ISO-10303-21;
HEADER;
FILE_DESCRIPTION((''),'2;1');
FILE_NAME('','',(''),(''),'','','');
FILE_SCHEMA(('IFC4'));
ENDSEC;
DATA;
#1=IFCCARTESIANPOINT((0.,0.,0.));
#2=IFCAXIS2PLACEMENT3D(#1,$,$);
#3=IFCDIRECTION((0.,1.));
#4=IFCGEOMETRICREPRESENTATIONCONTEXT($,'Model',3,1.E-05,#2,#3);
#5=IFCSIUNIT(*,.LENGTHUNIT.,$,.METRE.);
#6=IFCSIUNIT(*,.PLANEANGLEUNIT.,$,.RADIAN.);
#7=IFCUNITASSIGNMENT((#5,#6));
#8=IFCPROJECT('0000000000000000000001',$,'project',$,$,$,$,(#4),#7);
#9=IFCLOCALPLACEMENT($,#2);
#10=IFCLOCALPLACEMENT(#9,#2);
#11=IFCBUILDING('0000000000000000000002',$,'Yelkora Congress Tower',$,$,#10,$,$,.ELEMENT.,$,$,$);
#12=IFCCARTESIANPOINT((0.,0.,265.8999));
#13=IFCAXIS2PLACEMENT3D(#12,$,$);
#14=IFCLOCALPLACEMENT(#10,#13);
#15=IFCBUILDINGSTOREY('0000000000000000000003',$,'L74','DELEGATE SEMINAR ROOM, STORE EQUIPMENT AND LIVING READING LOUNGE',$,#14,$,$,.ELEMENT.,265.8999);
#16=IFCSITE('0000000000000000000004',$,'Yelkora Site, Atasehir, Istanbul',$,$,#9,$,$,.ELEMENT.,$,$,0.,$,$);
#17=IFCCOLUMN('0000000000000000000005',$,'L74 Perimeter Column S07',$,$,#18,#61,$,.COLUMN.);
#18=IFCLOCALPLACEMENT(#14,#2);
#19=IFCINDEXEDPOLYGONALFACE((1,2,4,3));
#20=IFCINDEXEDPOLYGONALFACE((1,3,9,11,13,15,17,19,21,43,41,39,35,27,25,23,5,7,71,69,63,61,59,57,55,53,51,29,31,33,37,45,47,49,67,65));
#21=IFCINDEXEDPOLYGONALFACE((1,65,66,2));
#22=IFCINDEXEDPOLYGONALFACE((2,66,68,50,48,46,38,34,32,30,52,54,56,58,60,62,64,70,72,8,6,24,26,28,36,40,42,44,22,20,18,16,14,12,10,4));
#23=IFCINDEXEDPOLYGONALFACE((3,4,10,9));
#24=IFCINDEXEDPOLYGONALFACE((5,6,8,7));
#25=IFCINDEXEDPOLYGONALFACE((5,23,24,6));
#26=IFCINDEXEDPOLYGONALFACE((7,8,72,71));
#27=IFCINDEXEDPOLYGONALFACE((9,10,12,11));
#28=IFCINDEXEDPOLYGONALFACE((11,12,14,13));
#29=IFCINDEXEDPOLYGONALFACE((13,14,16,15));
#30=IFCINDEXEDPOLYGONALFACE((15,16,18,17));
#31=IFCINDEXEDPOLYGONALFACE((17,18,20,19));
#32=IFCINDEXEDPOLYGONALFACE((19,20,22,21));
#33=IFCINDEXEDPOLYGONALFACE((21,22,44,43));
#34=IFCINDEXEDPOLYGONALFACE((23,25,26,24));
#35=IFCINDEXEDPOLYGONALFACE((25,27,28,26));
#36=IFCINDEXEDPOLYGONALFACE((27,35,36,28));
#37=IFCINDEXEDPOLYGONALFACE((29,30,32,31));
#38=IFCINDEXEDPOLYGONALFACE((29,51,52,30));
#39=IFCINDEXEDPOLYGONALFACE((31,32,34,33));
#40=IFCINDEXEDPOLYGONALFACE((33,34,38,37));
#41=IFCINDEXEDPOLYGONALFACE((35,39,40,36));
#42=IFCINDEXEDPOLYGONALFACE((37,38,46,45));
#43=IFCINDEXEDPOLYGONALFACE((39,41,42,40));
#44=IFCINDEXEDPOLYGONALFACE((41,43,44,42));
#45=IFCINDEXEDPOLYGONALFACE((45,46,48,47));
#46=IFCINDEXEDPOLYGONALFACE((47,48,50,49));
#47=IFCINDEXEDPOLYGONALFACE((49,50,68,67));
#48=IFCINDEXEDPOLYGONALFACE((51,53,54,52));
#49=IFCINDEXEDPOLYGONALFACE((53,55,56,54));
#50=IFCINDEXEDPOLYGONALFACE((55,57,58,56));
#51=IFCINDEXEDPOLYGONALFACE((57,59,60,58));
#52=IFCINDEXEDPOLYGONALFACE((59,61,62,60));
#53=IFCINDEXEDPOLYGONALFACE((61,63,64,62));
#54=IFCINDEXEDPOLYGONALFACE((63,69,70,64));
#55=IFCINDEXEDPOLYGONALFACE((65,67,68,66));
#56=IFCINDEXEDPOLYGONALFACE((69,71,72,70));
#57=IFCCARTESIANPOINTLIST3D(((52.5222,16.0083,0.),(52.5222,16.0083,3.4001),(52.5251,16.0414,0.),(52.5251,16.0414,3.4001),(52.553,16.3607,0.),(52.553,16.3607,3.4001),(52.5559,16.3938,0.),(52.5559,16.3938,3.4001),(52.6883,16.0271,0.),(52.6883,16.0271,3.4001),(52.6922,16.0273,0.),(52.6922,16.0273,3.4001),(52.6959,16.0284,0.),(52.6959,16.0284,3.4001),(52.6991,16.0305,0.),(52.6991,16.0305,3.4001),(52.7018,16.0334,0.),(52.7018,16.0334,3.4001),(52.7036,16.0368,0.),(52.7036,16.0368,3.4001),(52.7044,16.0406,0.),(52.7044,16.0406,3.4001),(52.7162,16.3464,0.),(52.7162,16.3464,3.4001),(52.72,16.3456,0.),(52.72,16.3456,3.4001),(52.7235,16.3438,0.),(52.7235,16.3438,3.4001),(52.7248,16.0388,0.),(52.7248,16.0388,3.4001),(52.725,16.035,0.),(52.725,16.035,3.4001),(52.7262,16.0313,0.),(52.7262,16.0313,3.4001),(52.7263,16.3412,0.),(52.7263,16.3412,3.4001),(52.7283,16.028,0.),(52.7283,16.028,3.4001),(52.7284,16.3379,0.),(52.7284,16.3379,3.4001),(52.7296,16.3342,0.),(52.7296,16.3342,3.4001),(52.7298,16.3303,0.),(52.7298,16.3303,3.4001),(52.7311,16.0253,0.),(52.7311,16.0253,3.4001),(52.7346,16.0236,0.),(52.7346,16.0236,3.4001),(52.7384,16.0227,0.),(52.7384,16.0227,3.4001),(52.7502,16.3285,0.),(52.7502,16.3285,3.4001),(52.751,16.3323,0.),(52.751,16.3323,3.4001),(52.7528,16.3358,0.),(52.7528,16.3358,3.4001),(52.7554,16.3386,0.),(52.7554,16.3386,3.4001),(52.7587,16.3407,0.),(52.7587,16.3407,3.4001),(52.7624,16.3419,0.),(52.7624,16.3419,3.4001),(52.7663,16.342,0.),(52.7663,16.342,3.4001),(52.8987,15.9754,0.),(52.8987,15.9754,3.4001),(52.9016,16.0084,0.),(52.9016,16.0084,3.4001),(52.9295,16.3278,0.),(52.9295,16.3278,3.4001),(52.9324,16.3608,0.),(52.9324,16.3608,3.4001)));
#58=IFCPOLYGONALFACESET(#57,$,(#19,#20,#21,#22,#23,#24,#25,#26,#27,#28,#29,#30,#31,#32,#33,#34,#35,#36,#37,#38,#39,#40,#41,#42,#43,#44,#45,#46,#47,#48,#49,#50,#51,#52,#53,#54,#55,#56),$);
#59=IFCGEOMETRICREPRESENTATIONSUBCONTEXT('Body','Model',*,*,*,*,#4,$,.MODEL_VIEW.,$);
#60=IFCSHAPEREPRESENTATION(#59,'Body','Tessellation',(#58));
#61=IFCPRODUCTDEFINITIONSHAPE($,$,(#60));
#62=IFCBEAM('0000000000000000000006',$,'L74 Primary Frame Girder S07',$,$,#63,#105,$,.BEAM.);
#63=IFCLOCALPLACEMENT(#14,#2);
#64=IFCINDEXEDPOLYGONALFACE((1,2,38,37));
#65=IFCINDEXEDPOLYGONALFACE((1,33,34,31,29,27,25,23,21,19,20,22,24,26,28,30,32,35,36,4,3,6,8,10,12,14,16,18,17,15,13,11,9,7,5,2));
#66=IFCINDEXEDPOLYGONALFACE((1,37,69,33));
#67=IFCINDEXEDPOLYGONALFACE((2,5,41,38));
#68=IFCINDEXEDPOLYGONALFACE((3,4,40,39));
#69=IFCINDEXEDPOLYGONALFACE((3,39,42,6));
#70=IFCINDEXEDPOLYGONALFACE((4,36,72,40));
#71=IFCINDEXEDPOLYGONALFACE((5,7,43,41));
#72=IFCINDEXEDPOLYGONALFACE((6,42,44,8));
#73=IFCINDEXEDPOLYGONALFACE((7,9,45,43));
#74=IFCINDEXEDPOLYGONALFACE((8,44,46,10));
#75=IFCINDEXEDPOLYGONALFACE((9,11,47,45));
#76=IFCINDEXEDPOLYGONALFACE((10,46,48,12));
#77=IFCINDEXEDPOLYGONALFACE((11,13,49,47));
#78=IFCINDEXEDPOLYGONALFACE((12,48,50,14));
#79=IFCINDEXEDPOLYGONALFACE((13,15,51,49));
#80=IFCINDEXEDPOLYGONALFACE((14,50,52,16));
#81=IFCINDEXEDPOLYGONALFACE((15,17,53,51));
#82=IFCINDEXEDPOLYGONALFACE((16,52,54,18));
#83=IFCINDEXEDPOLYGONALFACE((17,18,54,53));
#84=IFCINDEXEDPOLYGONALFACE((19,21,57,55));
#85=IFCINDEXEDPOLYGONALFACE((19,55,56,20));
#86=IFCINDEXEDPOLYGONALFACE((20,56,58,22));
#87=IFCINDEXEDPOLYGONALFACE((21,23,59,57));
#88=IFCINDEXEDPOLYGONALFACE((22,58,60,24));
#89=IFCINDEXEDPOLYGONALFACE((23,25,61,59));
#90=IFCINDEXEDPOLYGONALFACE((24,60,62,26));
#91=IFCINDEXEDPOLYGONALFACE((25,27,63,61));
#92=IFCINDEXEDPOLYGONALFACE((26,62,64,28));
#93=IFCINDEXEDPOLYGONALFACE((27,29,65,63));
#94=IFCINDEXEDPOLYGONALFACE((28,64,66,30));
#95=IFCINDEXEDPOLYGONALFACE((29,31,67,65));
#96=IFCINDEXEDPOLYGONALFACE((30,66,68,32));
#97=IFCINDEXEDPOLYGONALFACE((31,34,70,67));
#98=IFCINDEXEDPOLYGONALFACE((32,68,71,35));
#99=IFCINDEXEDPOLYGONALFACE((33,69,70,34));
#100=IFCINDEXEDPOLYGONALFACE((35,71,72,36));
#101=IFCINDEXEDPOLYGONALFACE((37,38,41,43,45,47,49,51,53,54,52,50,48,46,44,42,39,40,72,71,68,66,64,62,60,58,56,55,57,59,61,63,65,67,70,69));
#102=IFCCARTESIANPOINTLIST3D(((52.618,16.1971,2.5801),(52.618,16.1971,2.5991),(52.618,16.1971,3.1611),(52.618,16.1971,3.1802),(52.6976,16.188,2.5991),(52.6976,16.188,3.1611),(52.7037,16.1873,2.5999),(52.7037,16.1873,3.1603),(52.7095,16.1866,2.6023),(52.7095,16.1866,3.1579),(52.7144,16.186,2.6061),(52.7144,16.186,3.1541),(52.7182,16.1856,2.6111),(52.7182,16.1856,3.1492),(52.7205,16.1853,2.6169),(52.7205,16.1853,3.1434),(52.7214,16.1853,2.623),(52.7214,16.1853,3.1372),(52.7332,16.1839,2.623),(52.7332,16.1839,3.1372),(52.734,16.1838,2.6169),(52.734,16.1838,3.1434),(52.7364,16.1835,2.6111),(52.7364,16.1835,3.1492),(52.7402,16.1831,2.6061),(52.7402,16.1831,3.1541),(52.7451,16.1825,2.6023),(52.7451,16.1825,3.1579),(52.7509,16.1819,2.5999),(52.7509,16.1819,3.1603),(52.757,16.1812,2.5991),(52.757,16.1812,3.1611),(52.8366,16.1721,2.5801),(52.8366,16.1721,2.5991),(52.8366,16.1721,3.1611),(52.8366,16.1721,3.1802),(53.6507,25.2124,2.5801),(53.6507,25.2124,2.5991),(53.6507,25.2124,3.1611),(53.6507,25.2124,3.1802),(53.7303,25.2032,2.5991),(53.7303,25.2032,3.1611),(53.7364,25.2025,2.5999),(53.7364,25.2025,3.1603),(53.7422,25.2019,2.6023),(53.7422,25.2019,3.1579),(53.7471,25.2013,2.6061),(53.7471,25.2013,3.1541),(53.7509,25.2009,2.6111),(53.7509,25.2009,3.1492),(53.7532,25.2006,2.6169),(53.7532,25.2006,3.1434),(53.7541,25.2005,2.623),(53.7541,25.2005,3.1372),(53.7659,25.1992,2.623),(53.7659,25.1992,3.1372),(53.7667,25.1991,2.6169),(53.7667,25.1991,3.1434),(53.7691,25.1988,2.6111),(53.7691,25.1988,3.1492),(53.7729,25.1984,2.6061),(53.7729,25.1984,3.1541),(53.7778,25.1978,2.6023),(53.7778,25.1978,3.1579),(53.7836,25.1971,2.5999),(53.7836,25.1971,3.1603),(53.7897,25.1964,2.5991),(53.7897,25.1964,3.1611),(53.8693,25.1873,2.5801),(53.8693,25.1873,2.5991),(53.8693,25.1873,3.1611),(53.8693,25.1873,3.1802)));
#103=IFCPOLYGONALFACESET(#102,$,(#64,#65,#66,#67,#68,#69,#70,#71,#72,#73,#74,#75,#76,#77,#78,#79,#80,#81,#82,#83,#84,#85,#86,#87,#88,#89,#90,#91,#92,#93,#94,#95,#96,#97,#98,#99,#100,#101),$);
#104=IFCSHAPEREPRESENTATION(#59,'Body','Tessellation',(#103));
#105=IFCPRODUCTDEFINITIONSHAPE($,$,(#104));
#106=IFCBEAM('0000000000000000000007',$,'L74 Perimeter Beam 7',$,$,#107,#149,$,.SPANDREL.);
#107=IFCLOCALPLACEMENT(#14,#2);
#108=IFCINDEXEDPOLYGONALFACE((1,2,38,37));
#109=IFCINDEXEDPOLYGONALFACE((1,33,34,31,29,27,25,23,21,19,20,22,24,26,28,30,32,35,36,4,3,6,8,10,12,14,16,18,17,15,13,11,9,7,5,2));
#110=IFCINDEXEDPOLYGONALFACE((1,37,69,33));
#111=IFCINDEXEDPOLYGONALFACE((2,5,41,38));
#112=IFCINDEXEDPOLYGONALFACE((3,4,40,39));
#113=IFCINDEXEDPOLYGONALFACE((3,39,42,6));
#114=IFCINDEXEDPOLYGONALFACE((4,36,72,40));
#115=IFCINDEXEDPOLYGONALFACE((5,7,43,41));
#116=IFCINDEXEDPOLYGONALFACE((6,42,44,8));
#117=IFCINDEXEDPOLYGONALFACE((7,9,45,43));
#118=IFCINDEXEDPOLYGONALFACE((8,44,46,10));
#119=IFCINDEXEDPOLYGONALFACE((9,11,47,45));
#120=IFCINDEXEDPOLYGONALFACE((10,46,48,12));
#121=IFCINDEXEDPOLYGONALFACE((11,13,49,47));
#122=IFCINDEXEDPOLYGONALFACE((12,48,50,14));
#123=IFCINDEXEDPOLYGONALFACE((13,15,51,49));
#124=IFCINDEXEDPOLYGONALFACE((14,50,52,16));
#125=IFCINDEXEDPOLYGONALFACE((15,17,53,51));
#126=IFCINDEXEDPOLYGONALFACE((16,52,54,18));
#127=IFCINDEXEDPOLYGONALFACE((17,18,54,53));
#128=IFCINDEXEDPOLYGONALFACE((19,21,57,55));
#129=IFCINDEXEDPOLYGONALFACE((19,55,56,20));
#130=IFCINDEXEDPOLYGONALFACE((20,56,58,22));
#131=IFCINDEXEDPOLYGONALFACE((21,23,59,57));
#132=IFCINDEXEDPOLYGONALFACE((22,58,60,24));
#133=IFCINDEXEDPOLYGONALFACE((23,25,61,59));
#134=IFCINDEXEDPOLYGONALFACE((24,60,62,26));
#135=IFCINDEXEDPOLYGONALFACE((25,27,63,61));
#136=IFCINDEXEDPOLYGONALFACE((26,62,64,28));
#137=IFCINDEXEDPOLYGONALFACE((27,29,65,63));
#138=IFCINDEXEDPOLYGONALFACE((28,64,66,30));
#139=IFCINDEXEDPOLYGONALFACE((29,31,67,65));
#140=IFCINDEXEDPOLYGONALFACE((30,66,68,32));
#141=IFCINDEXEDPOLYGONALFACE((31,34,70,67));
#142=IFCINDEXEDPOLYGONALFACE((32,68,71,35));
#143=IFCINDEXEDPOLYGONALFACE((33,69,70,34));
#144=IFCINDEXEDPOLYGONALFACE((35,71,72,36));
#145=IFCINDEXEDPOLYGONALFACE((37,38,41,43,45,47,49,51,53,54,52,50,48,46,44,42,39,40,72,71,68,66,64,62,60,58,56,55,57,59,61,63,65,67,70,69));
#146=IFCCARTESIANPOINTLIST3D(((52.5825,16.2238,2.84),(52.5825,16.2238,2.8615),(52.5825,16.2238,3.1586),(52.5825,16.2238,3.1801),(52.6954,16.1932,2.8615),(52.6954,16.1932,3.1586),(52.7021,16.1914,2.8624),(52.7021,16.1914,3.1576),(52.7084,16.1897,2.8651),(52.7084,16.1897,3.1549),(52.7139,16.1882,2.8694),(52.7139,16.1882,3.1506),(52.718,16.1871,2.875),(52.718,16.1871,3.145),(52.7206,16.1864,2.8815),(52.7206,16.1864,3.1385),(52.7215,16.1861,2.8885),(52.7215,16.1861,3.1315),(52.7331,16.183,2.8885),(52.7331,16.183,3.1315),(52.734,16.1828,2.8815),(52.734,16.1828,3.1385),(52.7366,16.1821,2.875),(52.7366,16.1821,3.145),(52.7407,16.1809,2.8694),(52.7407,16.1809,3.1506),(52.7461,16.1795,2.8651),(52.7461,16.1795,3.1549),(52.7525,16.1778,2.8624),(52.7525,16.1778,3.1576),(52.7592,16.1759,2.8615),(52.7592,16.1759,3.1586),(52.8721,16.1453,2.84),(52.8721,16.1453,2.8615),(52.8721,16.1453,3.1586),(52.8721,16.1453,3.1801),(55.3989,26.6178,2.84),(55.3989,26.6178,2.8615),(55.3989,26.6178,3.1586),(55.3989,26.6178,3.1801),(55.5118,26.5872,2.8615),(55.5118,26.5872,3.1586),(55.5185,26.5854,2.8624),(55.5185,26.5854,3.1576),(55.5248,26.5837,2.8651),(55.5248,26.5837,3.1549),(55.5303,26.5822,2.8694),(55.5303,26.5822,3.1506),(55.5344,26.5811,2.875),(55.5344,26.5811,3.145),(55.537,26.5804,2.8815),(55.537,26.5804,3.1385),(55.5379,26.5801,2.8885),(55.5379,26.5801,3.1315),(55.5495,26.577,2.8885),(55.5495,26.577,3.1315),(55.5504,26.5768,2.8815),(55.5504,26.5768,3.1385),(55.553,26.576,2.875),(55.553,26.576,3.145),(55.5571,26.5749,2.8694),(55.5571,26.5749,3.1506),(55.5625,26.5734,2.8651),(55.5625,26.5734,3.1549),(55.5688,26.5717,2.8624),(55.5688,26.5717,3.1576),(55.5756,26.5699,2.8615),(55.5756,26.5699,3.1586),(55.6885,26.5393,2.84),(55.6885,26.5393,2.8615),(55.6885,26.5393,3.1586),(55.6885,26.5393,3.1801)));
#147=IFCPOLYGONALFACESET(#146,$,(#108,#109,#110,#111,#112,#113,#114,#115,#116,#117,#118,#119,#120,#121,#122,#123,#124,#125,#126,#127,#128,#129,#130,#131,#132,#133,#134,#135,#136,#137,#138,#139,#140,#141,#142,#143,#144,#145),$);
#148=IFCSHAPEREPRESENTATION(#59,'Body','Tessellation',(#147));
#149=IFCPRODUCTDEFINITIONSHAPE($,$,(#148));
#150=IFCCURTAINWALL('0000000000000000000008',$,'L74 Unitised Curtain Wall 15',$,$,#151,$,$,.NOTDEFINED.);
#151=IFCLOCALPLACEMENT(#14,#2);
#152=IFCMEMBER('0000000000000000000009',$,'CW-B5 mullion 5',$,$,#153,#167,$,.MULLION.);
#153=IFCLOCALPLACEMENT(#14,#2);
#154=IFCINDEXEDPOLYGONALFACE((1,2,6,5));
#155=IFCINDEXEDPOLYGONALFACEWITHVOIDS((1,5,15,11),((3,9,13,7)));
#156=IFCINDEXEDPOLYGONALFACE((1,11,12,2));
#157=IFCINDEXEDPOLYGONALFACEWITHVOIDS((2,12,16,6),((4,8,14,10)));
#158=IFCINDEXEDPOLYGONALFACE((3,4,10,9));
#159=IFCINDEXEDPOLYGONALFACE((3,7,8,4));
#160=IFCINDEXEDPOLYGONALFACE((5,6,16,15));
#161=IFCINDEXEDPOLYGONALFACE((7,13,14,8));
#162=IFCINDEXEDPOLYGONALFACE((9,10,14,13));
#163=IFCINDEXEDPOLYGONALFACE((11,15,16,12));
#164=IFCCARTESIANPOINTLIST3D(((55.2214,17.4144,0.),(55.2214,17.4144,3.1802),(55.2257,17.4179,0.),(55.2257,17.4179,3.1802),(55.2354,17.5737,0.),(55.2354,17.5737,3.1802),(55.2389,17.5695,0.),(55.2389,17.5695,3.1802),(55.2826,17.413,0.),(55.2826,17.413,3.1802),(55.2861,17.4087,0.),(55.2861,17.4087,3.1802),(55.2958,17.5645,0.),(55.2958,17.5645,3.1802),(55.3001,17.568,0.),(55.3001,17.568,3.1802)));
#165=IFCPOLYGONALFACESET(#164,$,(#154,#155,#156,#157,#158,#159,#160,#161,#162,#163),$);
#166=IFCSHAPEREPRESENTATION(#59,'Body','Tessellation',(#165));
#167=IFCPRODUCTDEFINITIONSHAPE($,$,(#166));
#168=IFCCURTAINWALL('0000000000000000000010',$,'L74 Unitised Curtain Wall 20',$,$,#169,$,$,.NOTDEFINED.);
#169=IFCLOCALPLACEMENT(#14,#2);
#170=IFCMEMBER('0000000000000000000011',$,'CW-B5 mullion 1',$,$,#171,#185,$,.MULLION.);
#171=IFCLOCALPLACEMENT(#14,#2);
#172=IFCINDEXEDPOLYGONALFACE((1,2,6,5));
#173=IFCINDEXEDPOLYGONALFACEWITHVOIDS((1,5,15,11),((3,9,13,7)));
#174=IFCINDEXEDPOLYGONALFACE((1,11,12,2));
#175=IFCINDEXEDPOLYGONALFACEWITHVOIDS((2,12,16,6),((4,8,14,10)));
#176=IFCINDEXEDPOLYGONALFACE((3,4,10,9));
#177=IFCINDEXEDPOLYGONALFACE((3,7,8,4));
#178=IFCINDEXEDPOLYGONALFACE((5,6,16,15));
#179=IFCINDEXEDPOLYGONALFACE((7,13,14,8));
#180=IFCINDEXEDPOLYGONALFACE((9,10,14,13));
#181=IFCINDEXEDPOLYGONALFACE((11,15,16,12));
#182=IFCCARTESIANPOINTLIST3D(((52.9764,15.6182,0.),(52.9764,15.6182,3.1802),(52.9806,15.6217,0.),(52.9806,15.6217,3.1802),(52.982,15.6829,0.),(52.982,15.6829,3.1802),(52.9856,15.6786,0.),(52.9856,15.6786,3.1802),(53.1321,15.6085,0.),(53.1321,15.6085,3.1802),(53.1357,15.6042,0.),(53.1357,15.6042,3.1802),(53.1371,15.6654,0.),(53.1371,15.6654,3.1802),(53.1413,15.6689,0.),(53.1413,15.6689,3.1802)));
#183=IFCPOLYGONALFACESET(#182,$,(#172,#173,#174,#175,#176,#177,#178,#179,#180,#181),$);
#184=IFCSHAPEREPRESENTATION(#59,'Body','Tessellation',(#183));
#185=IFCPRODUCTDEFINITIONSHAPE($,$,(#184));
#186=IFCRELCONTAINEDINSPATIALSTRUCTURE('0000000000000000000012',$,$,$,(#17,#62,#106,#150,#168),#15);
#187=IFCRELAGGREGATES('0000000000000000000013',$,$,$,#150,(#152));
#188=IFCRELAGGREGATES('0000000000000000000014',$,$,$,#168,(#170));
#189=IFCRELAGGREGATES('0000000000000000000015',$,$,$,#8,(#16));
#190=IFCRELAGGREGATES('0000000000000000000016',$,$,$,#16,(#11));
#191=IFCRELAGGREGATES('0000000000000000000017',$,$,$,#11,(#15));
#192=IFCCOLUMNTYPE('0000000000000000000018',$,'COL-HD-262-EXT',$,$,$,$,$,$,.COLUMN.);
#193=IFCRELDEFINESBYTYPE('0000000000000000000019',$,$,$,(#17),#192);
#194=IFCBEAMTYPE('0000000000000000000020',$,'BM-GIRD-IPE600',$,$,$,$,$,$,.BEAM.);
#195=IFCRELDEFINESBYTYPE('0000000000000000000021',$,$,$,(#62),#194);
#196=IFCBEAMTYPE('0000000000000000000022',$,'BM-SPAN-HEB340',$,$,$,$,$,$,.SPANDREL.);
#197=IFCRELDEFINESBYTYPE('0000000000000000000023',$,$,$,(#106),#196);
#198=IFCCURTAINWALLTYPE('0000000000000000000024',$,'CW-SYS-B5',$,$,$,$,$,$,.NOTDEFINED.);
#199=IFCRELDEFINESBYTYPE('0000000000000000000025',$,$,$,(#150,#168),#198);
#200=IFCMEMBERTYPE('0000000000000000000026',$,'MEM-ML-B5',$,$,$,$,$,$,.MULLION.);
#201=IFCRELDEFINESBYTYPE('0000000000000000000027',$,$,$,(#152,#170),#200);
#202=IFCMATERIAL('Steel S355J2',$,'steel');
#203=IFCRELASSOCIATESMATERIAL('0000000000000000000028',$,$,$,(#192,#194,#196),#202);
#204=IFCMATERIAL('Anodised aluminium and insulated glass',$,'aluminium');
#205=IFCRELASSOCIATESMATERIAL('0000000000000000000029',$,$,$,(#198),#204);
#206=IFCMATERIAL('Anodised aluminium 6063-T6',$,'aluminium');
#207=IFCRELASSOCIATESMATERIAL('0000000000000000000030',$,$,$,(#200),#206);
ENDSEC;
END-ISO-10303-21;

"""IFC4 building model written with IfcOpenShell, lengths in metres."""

from ifc_helpers import new_model, si_unit, direction, frame, origin, origin_2d, place, context, subcontext, project, spatial, hollow_rectangle, i_section, extrude, material, material_profile, profile_set, type_object, element, aggregate, save


model = new_model("IFC4")

# Units and contexts
model_context = context("Model", 3, precision=1e-05, world=origin(), true_north=direction((0.0, 1.0)))
body_context = subcontext(model_context, "Body", "Model", "MODEL_VIEW")
ifc_project = project(units=[si_unit("LENGTHUNIT", "METRE"), si_unit("PLANEANGLEUNIT", "RADIAN")], contexts=[model_context])

# Site, building, storey
site_placement = place(None, origin())
site = spatial("IfcSite", under=ifc_project, at=site_placement, Name="Yelkora Site, Atasehir, Istanbul", CompositionType="ELEMENT", RefElevation=0.0)
building_placement = place(site_placement, origin())
building = spatial("IfcBuilding", under=site, at=building_placement, Name="Yelkora Congress Tower", CompositionType="ELEMENT")
storey_placement = place(building_placement, frame((0.0, 0.0, 265.8999)))
storey = spatial("IfcBuildingStorey", under=building, at=storey_placement, Name="L74", Description="DELEGATE SEMINAR ROOM, STORE EQUIPMENT AND LIVING READING LOUNGE", CompositionType="ELEMENT", Elevation=265.8999)

# Column
ifc_material_1 = material(Name="Steel S355J2", Category="steel")
ifc_material_profile_1 = material_profile(ifc_material_1, i_section(OverallWidth=0.3779, OverallDepth=0.387, WebThickness=0.0205, FlangeThickness=0.0332, FilletRadius=0.0149, at=origin_2d()), Name="HD 360x262")
ifc_profile_set_1 = profile_set([ifc_material_profile_1], Name="Steel S355J2")
column_type = type_object("IfcColumnType", Name="COL-HD-262-EXT", PredefinedType="COLUMN", material=ifc_profile_set_1)
column_placement = place(storey_placement, frame((52.7273, 16.1846, 0.0), z_axis=(0.0, 0.0, 1.0), x_axis=(0.996195, -0.087156, 0.0)))
element("IfcColumn", 1, at=column_placement, inside=storey, type_object=column_type, Name="L74 Perimeter Column S07", PredefinedType="COLUMN", context=body_context, shape_type="SweptSolid", body=[
    extrude(i_section(OverallWidth=0.3779, OverallDepth=0.387, WebThickness=0.0205, FlangeThickness=0.0332, FilletRadius=0.0149, at=origin_2d()), origin(), (0.0, 0.0, 1.0), 3.4001),
])

# Beams
ifc_material_profile_2 = material_profile(ifc_material_1, i_section(OverallWidth=0.22, OverallDepth=0.6001, WebThickness=0.012, FlangeThickness=0.019, FilletRadius=0.0239, at=origin_2d()), Name="IPE 600")
ifc_profile_set_2 = profile_set([ifc_material_profile_2], Name="Steel S355J2")
beam_type_1 = type_object("IfcBeamType", Name="BM-GIRD-IPE600", PredefinedType="BEAM", material=ifc_profile_set_2)
beam_1_placement = place(storey_placement, frame((52.7273, 16.1846, 2.8801), z_axis=(0.113806, 0.993503, 0.0), x_axis=(-0.993503, 0.113806, 0.0)))
element("IfcBeam", 2, at=beam_1_placement, inside=storey, type_object=beam_type_1, Name="L74 Primary Frame Girder S07", PredefinedType="BEAM", context=body_context, shape_type="SweptSolid", body=[
    extrude(i_section(OverallWidth=0.22, OverallDepth=0.6001, WebThickness=0.012, FlangeThickness=0.019, FilletRadius=0.0239, at=origin_2d()), origin(), (0.0, 0.0, 1.0), 9.0742),
])
ifc_material_profile_3 = material_profile(ifc_material_1, i_section(OverallWidth=0.3, OverallDepth=0.3401, WebThickness=0.012, FlangeThickness=0.0215, FilletRadius=0.0271, at=origin_2d()), Name="HEB 340")
ifc_profile_set_3 = profile_set([ifc_material_profile_3], Name="Steel S355J2")
beam_type_2 = type_object("IfcBeamType", Name="BM-SPAN-HEB340", PredefinedType="SPANDREL", material=ifc_profile_set_3)
beam_2_placement = place(storey_placement, frame((52.7273, 16.1846, 3.01), z_axis=(0.261533, 0.965195, 0.0), x_axis=(-0.965195, 0.261533, 0.0)))
element("IfcBeam", 3, at=beam_2_placement, inside=storey, type_object=beam_type_2, Name="L74 Perimeter Beam 7", PredefinedType="SPANDREL", context=body_context, shape_type="SweptSolid", body=[
    extrude(i_section(OverallWidth=0.3, OverallDepth=0.3401, WebThickness=0.012, FlangeThickness=0.0215, FilletRadius=0.0271, at=origin_2d()), origin(), (0.0, 0.0, 1.0), 10.7688),
])

# Curtain wall, member
ifc_material_2 = material(Name="Anodised aluminium and insulated glass", Category="aluminium")
curtain_wall_type = type_object("IfcCurtainWallType", Name="CW-SYS-B5", PredefinedType="NOTDEFINED", material=ifc_material_2)
curtain_wall_1_placement = place(storey_placement, origin())
curtain_wall_1 = element("IfcCurtainWall", 4, at=curtain_wall_1_placement, inside=storey, type_object=curtain_wall_type, Name="L74 Unitised Curtain Wall 15", PredefinedType="NOTDEFINED")
ifc_material_3 = material(Name="Anodised aluminium 6063-T6", Category="aluminium")
ifc_material_profile_4 = material_profile(ifc_material_3, hollow_rectangle(XDim=0.0649, YDim=0.1599, WallThickness=0.0039, at=origin_2d()), Name="ALU 65x160x4")
ifc_profile_set_4 = profile_set([ifc_material_profile_4], Name="Anodised aluminium 6063-T6")
member_type_1 = type_object("IfcMemberType", Name="MEM-ML-B5", PredefinedType="MULLION", material=ifc_profile_set_4)
member_1_placement = place(storey_placement, frame((55.2607, 17.4912, 0.0), z_axis=(0.0, 0.0, 1.0), x_axis=(0.996194, -0.087158, 0.0)))
member_1 = element("IfcMember", 5, at=member_1_placement, type_object=member_type_1, Name="CW-B5 mullion 5", PredefinedType="MULLION", context=body_context, shape_type="SweptSolid", body=[
    extrude(hollow_rectangle(XDim=0.0649, YDim=0.1599, WallThickness=0.0039, at=origin_2d()), origin(), (0.0, 0.0, 1.0), 3.1802),
])
aggregate(curtain_wall_1, [member_1])

# Curtain wall, member
curtain_wall_2_placement = place(storey_placement, origin())
curtain_wall_2 = element("IfcCurtainWall", 6, at=curtain_wall_2_placement, inside=storey, type_object=curtain_wall_type, Name="L74 Unitised Curtain Wall 20", PredefinedType="NOTDEFINED")
member_2_placement = place(storey_placement, frame((53.0588, 15.6436, 0.0), z_axis=(0.0, 0.0, 1.0), x_axis=(-0.087157, -0.996195, 0.0)))
member_2 = element("IfcMember", 7, at=member_2_placement, type_object=member_type_1, Name="CW-B5 mullion 1", PredefinedType="MULLION", context=body_context, shape_type="SweptSolid", body=[
    extrude(hollow_rectangle(XDim=0.0649, YDim=0.1599, WallThickness=0.0039, at=origin_2d()), origin(), (0.0, 0.0, 1.0), 3.1802),
])
aggregate(curtain_wall_2, [member_2])

save(model, "model.ifc")
